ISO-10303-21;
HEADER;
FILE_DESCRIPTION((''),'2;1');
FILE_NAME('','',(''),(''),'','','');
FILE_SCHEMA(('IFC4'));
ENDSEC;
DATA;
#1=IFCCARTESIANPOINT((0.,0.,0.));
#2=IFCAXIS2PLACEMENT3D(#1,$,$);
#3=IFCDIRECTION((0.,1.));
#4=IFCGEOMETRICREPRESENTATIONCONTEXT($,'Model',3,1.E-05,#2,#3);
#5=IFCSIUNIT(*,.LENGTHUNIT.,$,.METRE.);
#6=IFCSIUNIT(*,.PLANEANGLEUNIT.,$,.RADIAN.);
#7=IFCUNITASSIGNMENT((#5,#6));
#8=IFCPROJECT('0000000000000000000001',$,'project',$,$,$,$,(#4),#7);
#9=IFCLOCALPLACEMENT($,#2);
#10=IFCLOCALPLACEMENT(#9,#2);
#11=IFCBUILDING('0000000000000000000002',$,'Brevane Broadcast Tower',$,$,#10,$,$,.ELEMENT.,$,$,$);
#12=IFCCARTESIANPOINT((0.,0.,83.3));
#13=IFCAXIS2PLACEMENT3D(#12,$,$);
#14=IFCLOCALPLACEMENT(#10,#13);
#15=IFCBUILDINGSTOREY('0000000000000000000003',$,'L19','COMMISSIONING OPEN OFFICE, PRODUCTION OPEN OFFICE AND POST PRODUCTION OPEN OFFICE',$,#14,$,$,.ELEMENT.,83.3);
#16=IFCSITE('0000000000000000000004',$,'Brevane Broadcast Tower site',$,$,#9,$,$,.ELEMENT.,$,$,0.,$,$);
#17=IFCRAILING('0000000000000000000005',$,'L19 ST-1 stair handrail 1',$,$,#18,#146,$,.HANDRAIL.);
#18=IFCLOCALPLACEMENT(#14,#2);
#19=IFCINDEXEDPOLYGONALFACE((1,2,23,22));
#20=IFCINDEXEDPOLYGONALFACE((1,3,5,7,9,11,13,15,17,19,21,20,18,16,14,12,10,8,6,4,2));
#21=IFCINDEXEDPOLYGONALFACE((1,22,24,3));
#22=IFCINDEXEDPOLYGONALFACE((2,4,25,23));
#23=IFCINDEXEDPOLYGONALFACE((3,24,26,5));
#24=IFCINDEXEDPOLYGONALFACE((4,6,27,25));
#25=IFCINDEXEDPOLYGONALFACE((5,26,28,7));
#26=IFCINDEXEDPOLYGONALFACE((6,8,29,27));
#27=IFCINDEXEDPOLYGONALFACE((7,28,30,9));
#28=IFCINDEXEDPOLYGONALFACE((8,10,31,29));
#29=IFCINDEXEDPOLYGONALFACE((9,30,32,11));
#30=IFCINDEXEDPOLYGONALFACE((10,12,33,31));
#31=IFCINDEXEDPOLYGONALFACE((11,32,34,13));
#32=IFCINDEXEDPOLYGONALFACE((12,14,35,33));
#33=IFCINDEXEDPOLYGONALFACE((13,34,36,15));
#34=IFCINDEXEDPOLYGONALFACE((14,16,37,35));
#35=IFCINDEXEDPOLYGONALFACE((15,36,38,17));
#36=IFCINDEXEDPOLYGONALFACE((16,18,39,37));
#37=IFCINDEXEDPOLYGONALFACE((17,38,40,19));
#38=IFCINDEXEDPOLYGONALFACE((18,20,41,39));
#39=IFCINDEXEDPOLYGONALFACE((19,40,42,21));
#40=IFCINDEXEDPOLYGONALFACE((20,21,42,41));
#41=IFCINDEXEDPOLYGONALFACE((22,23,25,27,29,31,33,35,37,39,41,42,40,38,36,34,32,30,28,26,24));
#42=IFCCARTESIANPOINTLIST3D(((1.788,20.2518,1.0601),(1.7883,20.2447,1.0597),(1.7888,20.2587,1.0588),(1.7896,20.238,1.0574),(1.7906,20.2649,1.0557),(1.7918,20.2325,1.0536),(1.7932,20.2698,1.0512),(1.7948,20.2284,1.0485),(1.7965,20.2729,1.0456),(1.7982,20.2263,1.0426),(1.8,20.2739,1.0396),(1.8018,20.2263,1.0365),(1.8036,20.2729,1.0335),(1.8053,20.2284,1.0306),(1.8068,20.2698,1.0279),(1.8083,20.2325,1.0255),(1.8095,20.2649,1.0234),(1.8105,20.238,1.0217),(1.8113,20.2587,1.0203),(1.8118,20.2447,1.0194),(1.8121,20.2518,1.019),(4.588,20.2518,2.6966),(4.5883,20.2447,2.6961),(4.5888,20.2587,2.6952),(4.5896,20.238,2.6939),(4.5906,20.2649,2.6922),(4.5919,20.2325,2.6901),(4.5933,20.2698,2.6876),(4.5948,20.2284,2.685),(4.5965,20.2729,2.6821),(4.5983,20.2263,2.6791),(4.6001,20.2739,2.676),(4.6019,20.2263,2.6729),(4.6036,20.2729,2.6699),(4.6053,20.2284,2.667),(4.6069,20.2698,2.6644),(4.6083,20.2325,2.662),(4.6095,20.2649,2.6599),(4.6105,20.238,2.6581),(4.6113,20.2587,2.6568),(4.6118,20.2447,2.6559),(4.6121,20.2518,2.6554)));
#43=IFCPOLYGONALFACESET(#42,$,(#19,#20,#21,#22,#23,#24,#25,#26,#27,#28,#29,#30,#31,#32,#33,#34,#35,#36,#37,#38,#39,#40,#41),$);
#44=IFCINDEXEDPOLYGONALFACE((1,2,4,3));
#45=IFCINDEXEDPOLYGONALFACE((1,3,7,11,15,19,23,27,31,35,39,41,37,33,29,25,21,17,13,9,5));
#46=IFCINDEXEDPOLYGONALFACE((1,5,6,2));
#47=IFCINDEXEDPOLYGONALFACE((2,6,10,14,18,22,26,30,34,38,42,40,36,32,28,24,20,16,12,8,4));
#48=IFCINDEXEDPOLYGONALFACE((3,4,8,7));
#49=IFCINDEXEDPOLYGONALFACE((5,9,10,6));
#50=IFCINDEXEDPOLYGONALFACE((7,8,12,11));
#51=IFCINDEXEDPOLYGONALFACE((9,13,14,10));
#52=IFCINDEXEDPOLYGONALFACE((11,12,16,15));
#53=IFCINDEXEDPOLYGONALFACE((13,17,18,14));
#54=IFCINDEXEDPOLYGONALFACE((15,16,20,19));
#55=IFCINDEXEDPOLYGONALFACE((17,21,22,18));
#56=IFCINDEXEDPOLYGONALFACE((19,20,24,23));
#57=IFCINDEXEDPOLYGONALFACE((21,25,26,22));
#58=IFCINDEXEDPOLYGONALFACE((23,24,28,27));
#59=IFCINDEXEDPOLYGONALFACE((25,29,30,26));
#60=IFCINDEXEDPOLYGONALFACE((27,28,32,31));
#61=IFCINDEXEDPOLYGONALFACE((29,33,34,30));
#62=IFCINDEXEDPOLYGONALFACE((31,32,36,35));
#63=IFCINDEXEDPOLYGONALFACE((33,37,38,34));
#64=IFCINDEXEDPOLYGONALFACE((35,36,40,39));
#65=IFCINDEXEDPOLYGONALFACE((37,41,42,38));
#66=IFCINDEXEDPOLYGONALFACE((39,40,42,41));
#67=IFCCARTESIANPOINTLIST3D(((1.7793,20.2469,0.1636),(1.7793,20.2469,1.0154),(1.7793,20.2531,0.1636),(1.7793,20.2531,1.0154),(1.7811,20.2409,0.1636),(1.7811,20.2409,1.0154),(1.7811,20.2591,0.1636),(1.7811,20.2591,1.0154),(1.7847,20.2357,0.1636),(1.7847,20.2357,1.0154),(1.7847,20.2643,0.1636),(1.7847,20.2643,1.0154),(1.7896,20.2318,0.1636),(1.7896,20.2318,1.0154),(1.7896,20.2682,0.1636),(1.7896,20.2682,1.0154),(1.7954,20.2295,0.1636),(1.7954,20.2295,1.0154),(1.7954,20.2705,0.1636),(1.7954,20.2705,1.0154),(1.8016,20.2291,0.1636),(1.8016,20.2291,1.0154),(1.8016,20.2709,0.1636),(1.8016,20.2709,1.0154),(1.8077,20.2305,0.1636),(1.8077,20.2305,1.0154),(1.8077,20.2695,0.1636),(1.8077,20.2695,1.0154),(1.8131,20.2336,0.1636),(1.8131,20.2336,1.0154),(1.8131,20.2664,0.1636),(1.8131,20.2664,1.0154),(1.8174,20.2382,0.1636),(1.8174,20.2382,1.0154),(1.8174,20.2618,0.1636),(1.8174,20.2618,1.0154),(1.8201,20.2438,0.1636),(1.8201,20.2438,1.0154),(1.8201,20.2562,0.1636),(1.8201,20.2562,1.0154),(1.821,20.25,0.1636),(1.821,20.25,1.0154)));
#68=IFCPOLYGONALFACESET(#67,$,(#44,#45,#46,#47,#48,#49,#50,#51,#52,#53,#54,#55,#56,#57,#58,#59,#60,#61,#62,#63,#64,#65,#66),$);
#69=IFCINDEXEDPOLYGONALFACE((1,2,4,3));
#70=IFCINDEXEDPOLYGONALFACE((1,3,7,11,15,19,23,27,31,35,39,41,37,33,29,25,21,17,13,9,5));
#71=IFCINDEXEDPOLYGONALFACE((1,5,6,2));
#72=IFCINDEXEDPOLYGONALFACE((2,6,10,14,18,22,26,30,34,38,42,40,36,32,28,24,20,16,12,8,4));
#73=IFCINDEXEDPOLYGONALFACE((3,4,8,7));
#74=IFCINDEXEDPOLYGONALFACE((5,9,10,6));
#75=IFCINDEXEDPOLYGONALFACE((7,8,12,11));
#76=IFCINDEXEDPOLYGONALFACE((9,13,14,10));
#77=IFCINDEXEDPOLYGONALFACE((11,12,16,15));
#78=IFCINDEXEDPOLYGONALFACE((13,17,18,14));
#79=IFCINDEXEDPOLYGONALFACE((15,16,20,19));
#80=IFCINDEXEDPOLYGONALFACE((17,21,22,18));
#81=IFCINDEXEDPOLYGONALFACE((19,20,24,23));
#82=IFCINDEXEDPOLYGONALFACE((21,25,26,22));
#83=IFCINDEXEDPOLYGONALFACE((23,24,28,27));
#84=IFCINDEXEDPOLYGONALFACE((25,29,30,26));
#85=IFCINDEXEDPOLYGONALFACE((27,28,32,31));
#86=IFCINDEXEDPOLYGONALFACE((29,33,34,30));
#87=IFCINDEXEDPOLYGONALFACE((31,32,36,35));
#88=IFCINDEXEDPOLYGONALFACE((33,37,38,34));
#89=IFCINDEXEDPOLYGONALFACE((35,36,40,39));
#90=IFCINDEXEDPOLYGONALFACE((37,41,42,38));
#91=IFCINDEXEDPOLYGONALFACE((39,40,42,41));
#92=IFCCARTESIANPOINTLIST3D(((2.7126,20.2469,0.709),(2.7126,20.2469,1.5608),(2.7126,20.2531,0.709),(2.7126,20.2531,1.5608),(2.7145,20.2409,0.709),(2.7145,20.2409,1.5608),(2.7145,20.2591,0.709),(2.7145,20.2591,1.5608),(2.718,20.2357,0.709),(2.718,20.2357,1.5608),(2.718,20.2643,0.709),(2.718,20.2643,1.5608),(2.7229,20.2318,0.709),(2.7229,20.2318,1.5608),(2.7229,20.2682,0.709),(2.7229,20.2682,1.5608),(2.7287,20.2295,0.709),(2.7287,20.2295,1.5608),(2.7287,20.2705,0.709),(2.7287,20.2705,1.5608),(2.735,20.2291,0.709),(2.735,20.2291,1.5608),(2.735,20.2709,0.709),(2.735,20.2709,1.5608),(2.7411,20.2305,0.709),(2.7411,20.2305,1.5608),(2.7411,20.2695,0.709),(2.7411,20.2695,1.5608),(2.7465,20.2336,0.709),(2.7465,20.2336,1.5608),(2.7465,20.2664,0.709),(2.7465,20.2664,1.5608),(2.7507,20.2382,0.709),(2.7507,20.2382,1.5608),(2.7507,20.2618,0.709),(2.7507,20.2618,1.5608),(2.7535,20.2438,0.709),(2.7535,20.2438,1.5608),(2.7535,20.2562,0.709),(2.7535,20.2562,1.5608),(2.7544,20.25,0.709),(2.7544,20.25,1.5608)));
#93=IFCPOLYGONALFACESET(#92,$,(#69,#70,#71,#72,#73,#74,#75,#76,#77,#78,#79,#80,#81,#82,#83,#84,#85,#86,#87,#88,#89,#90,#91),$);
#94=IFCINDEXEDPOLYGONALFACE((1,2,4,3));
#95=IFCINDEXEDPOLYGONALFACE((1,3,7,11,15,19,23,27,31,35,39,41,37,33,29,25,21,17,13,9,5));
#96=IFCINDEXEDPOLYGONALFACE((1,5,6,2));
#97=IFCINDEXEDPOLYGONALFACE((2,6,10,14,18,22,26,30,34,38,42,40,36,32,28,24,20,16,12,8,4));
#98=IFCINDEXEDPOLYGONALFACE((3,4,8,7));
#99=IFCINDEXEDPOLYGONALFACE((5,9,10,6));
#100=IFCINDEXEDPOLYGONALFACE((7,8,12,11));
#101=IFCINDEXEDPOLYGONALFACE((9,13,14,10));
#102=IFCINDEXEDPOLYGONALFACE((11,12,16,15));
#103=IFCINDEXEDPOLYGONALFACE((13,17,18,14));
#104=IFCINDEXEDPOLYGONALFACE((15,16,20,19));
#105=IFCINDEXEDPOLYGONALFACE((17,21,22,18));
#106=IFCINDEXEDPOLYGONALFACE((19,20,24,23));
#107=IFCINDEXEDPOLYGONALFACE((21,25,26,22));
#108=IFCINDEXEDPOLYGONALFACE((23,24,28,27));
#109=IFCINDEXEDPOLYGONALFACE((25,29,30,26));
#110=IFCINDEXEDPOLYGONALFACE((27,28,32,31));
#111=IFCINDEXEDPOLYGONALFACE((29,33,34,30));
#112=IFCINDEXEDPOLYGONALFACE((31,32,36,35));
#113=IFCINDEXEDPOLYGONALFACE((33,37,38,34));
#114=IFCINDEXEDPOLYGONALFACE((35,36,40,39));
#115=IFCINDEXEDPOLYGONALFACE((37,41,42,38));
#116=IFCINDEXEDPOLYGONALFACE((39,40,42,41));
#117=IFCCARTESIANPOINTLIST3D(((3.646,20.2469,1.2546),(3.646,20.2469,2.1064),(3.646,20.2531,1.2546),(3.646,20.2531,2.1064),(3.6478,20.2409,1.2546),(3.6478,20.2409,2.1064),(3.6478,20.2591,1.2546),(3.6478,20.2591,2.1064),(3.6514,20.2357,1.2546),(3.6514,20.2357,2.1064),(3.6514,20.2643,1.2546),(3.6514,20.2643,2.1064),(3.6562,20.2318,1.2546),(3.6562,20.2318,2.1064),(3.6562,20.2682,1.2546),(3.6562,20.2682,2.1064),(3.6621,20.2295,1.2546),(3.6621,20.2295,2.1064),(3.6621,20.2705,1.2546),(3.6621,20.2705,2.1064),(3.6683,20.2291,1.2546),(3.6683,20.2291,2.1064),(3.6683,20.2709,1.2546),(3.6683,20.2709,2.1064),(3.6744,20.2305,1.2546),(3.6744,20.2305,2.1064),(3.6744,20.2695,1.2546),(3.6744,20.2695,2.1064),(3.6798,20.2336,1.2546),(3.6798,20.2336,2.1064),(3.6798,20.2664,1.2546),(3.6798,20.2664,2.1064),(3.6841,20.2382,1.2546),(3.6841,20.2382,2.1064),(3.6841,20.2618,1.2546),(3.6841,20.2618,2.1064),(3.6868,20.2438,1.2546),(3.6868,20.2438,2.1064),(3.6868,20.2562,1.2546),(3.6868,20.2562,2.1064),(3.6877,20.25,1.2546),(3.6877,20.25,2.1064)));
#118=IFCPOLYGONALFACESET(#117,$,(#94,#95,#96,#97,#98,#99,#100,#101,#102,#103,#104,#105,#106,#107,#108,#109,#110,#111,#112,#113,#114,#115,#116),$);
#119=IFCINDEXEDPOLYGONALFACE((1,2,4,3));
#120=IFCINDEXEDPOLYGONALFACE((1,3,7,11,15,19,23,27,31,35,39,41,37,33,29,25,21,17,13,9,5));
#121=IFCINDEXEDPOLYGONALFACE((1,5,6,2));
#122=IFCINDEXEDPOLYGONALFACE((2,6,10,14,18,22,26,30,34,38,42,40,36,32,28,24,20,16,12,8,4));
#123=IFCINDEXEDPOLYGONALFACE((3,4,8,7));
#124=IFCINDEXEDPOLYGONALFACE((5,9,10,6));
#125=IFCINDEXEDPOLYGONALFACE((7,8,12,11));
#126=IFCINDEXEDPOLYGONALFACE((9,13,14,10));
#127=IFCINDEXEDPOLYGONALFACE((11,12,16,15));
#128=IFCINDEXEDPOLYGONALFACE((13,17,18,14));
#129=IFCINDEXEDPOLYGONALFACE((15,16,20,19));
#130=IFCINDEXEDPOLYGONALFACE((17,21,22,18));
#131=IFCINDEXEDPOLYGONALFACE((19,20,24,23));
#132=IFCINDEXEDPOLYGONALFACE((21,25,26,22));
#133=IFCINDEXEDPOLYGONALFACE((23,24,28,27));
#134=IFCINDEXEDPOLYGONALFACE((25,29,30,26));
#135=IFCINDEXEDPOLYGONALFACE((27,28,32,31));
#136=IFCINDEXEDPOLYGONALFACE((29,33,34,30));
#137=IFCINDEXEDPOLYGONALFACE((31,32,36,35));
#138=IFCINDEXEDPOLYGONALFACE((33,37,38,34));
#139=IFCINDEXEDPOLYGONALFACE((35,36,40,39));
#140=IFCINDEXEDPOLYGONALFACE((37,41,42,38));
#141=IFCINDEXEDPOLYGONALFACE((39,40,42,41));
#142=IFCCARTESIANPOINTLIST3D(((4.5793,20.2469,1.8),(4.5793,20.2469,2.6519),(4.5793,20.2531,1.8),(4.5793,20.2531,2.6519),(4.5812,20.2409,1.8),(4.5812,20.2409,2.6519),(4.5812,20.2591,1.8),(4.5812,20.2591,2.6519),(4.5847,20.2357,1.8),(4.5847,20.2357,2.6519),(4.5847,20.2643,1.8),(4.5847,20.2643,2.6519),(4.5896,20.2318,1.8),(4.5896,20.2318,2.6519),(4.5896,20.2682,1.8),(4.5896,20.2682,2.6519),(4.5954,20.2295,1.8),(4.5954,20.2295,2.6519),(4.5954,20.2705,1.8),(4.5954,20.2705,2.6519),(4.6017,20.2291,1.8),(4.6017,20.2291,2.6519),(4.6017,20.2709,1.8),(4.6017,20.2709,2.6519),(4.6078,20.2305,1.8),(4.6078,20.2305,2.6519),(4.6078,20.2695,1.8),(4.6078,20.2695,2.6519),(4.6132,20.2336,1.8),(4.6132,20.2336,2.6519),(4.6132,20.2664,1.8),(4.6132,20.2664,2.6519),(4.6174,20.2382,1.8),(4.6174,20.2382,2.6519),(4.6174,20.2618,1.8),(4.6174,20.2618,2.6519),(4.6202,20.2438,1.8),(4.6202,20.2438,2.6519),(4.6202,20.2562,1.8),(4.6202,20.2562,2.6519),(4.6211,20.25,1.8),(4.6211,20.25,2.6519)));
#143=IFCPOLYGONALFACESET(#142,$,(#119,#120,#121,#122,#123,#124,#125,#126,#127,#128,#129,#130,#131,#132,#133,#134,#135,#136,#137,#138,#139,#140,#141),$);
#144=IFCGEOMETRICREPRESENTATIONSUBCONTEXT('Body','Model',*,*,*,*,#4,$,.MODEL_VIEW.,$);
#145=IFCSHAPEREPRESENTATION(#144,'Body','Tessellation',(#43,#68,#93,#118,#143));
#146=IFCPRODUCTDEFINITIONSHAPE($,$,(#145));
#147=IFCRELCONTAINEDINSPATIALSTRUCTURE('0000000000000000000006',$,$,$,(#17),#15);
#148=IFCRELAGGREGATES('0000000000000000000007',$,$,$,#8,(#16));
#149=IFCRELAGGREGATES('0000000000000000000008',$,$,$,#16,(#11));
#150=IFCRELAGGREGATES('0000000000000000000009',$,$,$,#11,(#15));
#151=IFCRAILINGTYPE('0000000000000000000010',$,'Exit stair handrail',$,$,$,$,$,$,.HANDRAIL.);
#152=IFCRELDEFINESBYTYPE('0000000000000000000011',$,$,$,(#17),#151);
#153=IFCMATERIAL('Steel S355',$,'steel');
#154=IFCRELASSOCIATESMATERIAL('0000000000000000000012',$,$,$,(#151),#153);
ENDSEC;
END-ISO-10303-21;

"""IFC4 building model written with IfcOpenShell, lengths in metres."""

from ifc_helpers import new_model, si_unit, direction, frame, origin, origin_2d, place, context, subcontext, project, spatial, circle, extrude, material, type_object, element, save


model = new_model("IFC4")

# Units and contexts
model_context = context("Model", 3, precision=1e-05, world=origin(), true_north=direction((0.0, 1.0)))
body_context = subcontext(model_context, "Body", "Model", "MODEL_VIEW")
ifc_project = project(units=[si_unit("LENGTHUNIT", "METRE"), si_unit("PLANEANGLEUNIT", "RADIAN")], contexts=[model_context])

# Site, building, storey
site_placement = place(None, origin())
site = spatial("IfcSite", under=ifc_project, at=site_placement, Name="Brevane Broadcast Tower site", CompositionType="ELEMENT", RefElevation=0.0)
building_placement = place(site_placement, origin())
building = spatial("IfcBuilding", under=site, at=building_placement, Name="Brevane Broadcast Tower", CompositionType="ELEMENT")
storey_placement = place(building_placement, frame((0.0, 0.0, 83.3)))
storey = spatial("IfcBuildingStorey", under=building, at=storey_placement, Name="L19", Description="COMMISSIONING OPEN OFFICE, PRODUCTION OPEN OFFICE AND POST PRODUCTION OPEN OFFICE", CompositionType="ELEMENT", Elevation=83.3)

# Railing
ifc_material_1 = material(Name="Steel S355", Category="steel")
railing_type_1 = type_object("IfcRailingType", Name="Exit stair handrail", PredefinedType="HANDRAIL", material=ifc_material_1)
railing_1_placement = place(storey_placement, frame((1.8, 20.25, 0.1636)))
element("IfcRailing", 1, at=railing_1_placement, inside=storey, type_object=railing_type_1, Name="L19 ST-1 stair handrail 1", PredefinedType="HANDRAIL", context=body_context, shape_type="SweptSolid", body=[
    extrude(circle(Radius=0.0239, at=origin_2d()), frame((0.0, 0.0, 0.876), z_axis=(0.863361, 0.0, 0.504587), x_axis=(0.0, 1.0, 0.0)), (0.0, 0.0, 1.0), 3.2432),
    extrude(circle(Radius=0.021, at=origin_2d()), origin(), (0.0, 0.0, 1.0), 0.8518),
    extrude(circle(Radius=0.021, at=origin_2d()), frame((0.9333, 0.0, 0.5454)), (0.0, 0.0, 1.0), 0.8518),
    extrude(circle(Radius=0.021, at=origin_2d()), frame((1.8667, 0.0, 1.0911)), (0.0, 0.0, 1.0), 0.8518),
    extrude(circle(Radius=0.021, at=origin_2d()), frame((2.8, 0.0, 1.6365)), (0.0, 0.0, 1.0), 0.8518),
])

save(model, "model.ifc")
